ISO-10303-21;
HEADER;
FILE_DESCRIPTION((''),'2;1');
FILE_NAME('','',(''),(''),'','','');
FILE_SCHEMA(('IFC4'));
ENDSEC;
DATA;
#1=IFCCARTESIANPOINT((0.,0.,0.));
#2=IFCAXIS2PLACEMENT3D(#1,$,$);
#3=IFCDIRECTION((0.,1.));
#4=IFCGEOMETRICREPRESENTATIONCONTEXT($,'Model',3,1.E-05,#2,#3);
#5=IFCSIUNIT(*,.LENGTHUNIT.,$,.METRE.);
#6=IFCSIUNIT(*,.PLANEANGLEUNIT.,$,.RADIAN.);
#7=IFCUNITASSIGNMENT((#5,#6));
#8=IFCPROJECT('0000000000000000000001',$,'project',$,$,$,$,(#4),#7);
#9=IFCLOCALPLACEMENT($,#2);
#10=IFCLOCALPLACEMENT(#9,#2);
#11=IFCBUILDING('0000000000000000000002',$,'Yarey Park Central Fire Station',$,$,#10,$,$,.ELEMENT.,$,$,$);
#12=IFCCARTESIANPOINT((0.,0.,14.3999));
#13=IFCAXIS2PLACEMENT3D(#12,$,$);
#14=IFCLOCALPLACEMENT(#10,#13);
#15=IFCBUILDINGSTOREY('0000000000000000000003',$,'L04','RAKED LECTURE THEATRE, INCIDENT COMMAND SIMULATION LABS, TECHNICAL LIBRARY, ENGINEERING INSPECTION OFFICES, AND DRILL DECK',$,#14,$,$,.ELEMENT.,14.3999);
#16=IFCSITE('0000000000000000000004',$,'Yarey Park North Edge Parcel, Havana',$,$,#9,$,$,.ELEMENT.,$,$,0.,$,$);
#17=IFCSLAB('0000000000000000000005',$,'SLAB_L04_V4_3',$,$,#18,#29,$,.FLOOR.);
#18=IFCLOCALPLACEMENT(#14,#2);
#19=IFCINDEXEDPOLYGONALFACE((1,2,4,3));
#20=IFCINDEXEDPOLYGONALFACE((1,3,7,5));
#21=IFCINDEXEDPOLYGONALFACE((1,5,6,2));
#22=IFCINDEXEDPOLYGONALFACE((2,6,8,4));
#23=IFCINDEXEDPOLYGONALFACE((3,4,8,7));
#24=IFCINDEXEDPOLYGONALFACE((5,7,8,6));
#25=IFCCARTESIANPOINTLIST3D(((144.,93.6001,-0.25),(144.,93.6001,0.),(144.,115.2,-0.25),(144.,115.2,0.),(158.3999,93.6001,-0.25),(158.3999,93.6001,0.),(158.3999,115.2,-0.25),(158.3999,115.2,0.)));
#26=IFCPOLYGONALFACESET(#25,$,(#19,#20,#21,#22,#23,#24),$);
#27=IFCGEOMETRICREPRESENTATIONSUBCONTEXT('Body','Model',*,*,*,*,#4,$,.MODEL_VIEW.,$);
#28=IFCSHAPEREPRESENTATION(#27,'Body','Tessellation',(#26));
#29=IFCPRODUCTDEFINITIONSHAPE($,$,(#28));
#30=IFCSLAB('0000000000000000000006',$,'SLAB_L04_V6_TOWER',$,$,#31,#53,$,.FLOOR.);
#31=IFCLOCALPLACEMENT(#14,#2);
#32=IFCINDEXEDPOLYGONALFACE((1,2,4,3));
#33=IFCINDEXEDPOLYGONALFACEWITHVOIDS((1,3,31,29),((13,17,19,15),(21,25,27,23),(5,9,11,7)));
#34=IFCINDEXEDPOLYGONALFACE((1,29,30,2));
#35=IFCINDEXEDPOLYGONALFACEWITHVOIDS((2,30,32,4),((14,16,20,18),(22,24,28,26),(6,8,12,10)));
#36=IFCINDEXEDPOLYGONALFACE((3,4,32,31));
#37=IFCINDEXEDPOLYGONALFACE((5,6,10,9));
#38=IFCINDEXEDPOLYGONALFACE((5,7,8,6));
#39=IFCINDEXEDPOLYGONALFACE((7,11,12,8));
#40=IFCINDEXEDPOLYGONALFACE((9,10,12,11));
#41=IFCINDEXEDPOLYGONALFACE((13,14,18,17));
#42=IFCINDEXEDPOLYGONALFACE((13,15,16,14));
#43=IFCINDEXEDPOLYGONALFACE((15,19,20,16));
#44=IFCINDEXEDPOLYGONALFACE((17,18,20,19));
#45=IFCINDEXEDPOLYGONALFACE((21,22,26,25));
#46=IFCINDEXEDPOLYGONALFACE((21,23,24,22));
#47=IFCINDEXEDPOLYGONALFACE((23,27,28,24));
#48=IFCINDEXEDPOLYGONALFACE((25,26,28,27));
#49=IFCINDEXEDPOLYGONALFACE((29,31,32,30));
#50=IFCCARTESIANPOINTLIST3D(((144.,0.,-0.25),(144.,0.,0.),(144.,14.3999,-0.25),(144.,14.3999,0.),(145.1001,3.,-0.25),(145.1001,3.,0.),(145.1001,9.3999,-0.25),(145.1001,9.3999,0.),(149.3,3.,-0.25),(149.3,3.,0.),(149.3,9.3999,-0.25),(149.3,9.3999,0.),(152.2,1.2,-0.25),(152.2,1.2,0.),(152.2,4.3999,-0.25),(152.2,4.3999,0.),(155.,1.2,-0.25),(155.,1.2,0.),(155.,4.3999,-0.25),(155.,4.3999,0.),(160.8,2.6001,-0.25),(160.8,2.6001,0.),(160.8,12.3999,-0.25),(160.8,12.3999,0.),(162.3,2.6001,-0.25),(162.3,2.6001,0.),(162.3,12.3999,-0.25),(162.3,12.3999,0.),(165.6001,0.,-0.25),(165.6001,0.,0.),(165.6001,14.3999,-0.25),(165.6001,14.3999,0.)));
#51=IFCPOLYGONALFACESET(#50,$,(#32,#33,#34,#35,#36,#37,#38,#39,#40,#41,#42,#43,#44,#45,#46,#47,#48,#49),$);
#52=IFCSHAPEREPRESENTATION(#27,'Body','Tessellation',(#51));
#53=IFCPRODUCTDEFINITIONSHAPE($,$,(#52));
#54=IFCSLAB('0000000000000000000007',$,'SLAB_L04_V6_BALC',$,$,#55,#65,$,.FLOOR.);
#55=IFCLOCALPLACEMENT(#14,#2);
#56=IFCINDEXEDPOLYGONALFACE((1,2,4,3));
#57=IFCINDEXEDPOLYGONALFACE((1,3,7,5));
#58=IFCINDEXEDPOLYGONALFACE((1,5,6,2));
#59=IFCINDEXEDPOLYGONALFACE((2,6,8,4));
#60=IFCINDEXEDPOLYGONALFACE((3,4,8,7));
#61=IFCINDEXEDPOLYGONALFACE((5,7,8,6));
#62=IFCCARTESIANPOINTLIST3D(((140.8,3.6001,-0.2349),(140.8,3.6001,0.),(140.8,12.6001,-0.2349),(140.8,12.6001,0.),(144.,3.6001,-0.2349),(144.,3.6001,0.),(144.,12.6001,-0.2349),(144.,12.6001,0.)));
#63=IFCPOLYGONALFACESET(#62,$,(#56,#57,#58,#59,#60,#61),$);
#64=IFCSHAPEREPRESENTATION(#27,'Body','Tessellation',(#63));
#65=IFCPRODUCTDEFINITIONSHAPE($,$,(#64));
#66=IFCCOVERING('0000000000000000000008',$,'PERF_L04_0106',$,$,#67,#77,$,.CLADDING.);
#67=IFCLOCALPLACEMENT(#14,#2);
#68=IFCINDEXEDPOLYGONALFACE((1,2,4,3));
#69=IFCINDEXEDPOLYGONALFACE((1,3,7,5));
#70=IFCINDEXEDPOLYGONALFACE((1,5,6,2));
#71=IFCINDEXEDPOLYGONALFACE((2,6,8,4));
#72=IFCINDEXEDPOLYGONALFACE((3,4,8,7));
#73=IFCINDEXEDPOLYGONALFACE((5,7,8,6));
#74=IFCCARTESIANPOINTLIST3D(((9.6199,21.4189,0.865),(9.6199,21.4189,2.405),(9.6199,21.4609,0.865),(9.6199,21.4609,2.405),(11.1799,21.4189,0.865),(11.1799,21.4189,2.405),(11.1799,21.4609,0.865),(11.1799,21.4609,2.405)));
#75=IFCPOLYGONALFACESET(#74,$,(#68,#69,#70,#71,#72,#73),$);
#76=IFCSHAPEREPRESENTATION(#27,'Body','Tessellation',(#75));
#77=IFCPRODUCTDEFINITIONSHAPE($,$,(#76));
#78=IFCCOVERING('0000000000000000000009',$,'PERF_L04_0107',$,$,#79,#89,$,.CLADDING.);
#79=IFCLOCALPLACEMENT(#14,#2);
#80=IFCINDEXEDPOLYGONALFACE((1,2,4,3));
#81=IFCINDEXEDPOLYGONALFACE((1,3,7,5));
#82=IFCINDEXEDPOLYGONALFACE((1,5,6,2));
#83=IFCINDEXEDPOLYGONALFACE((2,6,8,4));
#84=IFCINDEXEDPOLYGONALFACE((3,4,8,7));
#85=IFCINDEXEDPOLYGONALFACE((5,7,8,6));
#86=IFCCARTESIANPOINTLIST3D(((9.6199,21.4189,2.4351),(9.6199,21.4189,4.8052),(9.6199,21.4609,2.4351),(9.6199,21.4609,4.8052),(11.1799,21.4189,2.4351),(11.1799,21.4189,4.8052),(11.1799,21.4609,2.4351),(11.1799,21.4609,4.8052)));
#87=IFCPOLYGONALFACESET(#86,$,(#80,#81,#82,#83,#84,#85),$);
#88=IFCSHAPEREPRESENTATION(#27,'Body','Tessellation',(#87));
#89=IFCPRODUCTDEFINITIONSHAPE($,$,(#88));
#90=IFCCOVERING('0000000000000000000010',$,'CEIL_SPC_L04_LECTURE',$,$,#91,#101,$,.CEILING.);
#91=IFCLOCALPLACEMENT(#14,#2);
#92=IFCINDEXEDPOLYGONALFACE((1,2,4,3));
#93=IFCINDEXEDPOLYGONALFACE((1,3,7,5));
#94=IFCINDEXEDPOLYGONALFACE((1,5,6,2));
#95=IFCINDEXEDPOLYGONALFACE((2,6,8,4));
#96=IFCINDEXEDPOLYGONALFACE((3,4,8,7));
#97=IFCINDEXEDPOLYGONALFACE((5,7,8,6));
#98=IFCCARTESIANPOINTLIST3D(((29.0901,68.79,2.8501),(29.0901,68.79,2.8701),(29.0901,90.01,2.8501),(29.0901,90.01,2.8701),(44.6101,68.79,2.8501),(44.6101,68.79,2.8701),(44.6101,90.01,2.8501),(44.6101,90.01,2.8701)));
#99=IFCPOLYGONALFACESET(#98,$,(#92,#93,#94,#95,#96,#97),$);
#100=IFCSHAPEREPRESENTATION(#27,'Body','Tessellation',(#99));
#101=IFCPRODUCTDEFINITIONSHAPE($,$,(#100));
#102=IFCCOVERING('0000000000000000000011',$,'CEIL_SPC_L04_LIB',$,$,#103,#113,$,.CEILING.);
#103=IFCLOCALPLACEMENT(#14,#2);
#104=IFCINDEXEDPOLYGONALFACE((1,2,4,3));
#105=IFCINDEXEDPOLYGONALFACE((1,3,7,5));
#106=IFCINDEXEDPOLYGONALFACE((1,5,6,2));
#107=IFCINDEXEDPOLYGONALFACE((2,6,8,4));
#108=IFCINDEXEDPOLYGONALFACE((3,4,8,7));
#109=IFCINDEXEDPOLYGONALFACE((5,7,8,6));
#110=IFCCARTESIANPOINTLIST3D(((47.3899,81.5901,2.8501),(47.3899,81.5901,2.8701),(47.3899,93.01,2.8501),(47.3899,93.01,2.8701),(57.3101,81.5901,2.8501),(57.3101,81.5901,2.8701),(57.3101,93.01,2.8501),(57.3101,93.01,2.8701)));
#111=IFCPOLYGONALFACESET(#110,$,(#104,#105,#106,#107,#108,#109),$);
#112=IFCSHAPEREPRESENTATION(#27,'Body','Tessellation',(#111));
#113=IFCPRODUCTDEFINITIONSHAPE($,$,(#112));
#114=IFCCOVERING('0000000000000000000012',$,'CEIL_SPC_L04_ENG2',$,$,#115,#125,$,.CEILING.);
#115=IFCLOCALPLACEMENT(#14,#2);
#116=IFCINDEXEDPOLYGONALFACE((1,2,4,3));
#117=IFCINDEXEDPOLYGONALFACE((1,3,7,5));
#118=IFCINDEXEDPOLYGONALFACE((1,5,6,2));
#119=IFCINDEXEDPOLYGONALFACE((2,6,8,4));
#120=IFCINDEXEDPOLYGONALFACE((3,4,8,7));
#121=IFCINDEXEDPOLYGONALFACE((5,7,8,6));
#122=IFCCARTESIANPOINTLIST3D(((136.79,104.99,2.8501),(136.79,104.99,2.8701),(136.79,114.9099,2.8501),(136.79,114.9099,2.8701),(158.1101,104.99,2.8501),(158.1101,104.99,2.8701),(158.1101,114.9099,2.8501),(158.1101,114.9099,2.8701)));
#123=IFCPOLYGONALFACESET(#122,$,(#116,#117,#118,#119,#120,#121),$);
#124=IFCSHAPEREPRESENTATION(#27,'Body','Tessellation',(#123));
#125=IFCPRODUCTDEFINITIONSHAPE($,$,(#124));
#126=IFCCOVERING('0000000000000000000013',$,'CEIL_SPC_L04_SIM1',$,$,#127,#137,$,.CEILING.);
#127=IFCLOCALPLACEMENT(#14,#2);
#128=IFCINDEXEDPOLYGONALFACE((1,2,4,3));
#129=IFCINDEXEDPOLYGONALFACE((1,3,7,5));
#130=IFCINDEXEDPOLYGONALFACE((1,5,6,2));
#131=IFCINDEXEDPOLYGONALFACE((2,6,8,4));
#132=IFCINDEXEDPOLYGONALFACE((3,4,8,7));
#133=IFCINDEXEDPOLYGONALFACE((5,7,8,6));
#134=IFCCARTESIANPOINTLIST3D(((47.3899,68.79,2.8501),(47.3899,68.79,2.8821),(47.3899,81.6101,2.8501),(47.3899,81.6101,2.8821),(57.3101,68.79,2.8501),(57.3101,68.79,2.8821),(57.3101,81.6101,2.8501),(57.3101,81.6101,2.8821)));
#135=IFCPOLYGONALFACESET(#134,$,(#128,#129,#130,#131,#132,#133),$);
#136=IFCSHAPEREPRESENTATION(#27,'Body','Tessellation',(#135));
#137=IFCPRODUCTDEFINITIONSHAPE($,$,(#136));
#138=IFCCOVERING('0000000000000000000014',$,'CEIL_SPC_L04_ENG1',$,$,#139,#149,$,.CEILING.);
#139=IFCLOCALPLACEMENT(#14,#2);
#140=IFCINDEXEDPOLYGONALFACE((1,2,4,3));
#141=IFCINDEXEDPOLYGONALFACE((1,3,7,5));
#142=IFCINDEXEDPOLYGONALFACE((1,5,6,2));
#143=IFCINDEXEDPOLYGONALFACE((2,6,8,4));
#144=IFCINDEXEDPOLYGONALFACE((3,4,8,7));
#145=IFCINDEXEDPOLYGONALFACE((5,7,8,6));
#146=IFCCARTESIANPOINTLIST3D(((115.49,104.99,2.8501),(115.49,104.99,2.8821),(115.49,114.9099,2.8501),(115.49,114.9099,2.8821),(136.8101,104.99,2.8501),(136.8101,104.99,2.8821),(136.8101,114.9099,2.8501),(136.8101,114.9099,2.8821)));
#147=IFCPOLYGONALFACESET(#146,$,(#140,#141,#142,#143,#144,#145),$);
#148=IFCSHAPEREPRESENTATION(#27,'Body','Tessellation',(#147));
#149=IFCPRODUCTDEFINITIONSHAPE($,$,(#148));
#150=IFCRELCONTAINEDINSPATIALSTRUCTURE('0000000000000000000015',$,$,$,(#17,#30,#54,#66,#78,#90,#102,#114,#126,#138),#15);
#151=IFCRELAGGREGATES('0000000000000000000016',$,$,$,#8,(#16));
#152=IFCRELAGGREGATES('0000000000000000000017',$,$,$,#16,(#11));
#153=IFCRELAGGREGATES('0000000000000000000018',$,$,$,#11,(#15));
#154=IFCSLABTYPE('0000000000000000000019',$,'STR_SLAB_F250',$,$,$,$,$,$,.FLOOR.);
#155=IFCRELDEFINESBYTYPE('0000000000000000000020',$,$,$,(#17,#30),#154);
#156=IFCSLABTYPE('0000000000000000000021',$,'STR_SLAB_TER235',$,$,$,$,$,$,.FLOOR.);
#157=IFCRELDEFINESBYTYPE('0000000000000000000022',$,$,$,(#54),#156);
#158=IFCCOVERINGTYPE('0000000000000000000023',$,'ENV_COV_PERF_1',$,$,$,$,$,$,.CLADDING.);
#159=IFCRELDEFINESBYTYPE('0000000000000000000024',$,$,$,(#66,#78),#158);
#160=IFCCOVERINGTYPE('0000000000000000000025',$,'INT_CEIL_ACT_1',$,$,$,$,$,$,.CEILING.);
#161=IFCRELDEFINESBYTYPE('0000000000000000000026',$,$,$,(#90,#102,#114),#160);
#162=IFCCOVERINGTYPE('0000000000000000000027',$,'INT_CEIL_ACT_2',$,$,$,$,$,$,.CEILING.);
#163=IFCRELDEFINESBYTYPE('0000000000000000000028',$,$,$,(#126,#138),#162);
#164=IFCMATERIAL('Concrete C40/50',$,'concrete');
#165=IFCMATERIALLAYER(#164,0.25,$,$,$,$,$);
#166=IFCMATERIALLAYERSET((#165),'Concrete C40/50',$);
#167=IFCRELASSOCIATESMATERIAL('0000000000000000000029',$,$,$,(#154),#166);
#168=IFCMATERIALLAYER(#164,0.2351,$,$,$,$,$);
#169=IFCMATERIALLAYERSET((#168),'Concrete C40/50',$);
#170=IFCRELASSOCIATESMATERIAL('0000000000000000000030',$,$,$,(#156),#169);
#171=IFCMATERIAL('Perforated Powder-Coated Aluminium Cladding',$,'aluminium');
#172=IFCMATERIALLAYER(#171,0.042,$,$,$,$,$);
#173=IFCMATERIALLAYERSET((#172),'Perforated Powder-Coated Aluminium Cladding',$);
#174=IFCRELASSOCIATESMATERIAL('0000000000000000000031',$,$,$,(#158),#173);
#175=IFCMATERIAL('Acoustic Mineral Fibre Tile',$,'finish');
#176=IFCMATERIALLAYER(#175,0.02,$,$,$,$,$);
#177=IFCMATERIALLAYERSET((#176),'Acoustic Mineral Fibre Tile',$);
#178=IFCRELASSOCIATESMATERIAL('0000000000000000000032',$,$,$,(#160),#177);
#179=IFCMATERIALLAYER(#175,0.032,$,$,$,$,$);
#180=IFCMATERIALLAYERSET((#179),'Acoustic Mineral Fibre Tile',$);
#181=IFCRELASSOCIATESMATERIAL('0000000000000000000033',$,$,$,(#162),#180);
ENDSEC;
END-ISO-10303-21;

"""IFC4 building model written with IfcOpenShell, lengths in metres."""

from ifc_helpers import new_model, si_unit, direction, frame, origin, origin_2d, place, context, subcontext, project, spatial, polyline, rectangle, outline, extrude, material, layer, layer_set, type_object, element, save


model = new_model("IFC4")

# Units and contexts
model_context = context("Model", 3, precision=1e-05, world=origin(), true_north=direction((0.0, 1.0)))
body_context = subcontext(model_context, "Body", "Model", "MODEL_VIEW")
ifc_project = project(units=[si_unit("LENGTHUNIT", "METRE"), si_unit("PLANEANGLEUNIT", "RADIAN")], contexts=[model_context])

# Site, building, storey
site_placement = place(None, origin())
site = spatial("IfcSite", under=ifc_project, at=site_placement, Name="Yarey Park North Edge Parcel, Havana", CompositionType="ELEMENT", RefElevation=0.0)
building_placement = place(site_placement, origin())
building = spatial("IfcBuilding", under=site, at=building_placement, Name="Yarey Park Central Fire Station", CompositionType="ELEMENT")
storey_placement = place(building_placement, frame((0.0, 0.0, 14.3999)))
storey = spatial("IfcBuildingStorey", under=building, at=storey_placement, Name="L04", Description="RAKED LECTURE THEATRE, INCIDENT COMMAND SIMULATION LABS, TECHNICAL LIBRARY, ENGINEERING INSPECTION OFFICES, AND DRILL DECK", CompositionType="ELEMENT", Elevation=14.3999)

# Shared definitions
ifc_material_1 = material(Name="Concrete C40/50", Category="concrete")

# Slabs
ifc_layer_1 = layer(ifc_material_1, 0.25)
ifc_layer_set_1 = layer_set([ifc_layer_1], Name="Concrete C40/50")
slab_type_1 = type_object("IfcSlabType", Name="STR_SLAB_F250", PredefinedType="FLOOR", material=ifc_layer_set_1)
slab_1_placement = place(storey_placement, frame((0.0, 0.0, -0.25)))
element("IfcSlab", 1, at=slab_1_placement, inside=storey, type_object=slab_type_1, Name="SLAB_L04_V4_3", PredefinedType="FLOOR", context=body_context, shape_type="SweptSolid", body=[
    extrude(outline(polyline([(144.0, 93.6001), (158.3999, 93.6001), (158.3999, 115.2), (144.0, 115.2), (144.0, 93.6001)])), origin(), (0.0, 0.0, 1.0), 0.25),
])
slab_2_placement = place(storey_placement, frame((0.0, 0.0, -0.25)))
element("IfcSlab", 2, at=slab_2_placement, inside=storey, type_object=slab_type_1, Name="SLAB_L04_V6_TOWER", PredefinedType="FLOOR", context=body_context, shape_type="SweptSolid", body=[
    extrude(outline(polyline([(144.0, 0.0), (165.6001, 0.0), (165.6001, 14.3999), (144.0, 14.3999), (144.0, 0.0)]), holes=[polyline([(145.1001, 3.0), (149.3, 3.0), (149.3, 9.3999), (145.1001, 9.3999), (145.1001, 3.0)]), polyline([(152.2, 1.2), (155.0, 1.2), (155.0, 4.3999), (152.2, 4.3999), (152.2, 1.2)]), polyline([(160.8, 2.6001), (162.3, 2.6001), (162.3, 12.3999), (160.8, 12.3999), (160.8, 2.6001)])]), origin(), (0.0, 0.0, 1.0), 0.25),
])
ifc_layer_2 = layer(ifc_material_1, 0.2351)
ifc_layer_set_2 = layer_set([ifc_layer_2], Name="Concrete C40/50")
slab_type_2 = type_object("IfcSlabType", Name="STR_SLAB_TER235", PredefinedType="FLOOR", material=ifc_layer_set_2)
slab_3_placement = place(storey_placement, frame((0.0, 0.0, -0.2349)))
element("IfcSlab", 3, at=slab_3_placement, inside=storey, type_object=slab_type_2, Name="SLAB_L04_V6_BALC", PredefinedType="FLOOR", context=body_context, shape_type="SweptSolid", body=[
    extrude(outline(polyline([(140.8, 3.6001), (144.0, 3.6001), (144.0, 12.6001), (140.8, 12.6001), (140.8, 3.6001)])), origin(), (0.0, 0.0, 1.0), 0.2349),
])

# Coverings
ifc_material_2 = material(Name="Perforated Powder-Coated Aluminium Cladding", Category="aluminium")
ifc_layer_3 = layer(ifc_material_2, 0.042)
ifc_layer_set_3 = layer_set([ifc_layer_3], Name="Perforated Powder-Coated Aluminium Cladding")
covering_type_1 = type_object("IfcCoveringType", Name="ENV_COV_PERF_1", PredefinedType="CLADDING", material=ifc_layer_set_3)
covering_1_placement = place(storey_placement, frame((10.3999, 21.4399, 0.865), z_axis=(0.0, 0.0, 1.0), x_axis=(1.0, 0.0, 0.0)))
element("IfcCovering", 4, at=covering_1_placement, inside=storey, type_object=covering_type_1, Name="PERF_L04_0106", PredefinedType="CLADDING", context=body_context, shape_type="SweptSolid", body=[
    extrude(rectangle(XDim=1.5601, YDim=0.042, at=origin_2d()), origin(), (0.0, 0.0, 1.0), 1.54),
])
covering_2_placement = place(storey_placement, frame((10.3999, 21.4399, 2.4351), z_axis=(0.0, 0.0, 1.0), x_axis=(1.0, 0.0, 0.0)))
element("IfcCovering", 5, at=covering_2_placement, inside=storey, type_object=covering_type_1, Name="PERF_L04_0107", PredefinedType="CLADDING", context=body_context, shape_type="SweptSolid", body=[
    extrude(rectangle(XDim=1.5601, YDim=0.042, at=origin_2d()), origin(), (0.0, 0.0, 1.0), 2.3701),
])
ifc_material_3 = material(Name="Acoustic Mineral Fibre Tile", Category="finish")
ifc_layer_4 = layer(ifc_material_3, 0.02)
ifc_layer_set_4 = layer_set([ifc_layer_4], Name="Acoustic Mineral Fibre Tile")
covering_type_2 = type_object("IfcCoveringType", Name="INT_CEIL_ACT_1", PredefinedType="CEILING", material=ifc_layer_set_4)
covering_3_placement = place(storey_placement, frame((0.0, 0.0, 2.8501)))
element("IfcCovering", 6, at=covering_3_placement, inside=storey, type_object=covering_type_2, Name="CEIL_SPC_L04_LECTURE", PredefinedType="CEILING", context=body_context, shape_type="SweptSolid", body=[
    extrude(outline(polyline([(29.0901, 68.79), (44.6101, 68.79), (44.6101, 90.01), (29.0901, 90.01), (29.0901, 68.79)])), origin(), (0.0, 0.0, 1.0), 0.02),
])
covering_4_placement = place(storey_placement, frame((0.0, 0.0, 2.8501)))
element("IfcCovering", 7, at=covering_4_placement, inside=storey, type_object=covering_type_2, Name="CEIL_SPC_L04_LIB", PredefinedType="CEILING", context=body_context, shape_type="SweptSolid", body=[
    extrude(outline(polyline([(47.3899, 81.5901), (57.3101, 81.5901), (57.3101, 93.01), (47.3899, 93.01), (47.3899, 81.5901)])), origin(), (0.0, 0.0, 1.0), 0.02),
])
covering_5_placement = place(storey_placement, frame((0.0, 0.0, 2.8501)))
element("IfcCovering", 8, at=covering_5_placement, inside=storey, type_object=covering_type_2, Name="CEIL_SPC_L04_ENG2", PredefinedType="CEILING", context=body_context, shape_type="SweptSolid", body=[
    extrude(outline(polyline([(136.79, 104.99), (158.1101, 104.99), (158.1101, 114.9099), (136.79, 114.9099), (136.79, 104.99)])), origin(), (0.0, 0.0, 1.0), 0.02),
])
ifc_layer_5 = layer(ifc_material_3, 0.032)
ifc_layer_set_5 = layer_set([ifc_layer_5], Name="Acoustic Mineral Fibre Tile")
covering_type_3 = type_object("IfcCoveringType", Name="INT_CEIL_ACT_2", PredefinedType="CEILING", material=ifc_layer_set_5)
covering_6_placement = place(storey_placement, frame((0.0, 0.0, 2.8501)))
element("IfcCovering", 9, at=covering_6_placement, inside=storey, type_object=covering_type_3, Name="CEIL_SPC_L04_SIM1", PredefinedType="CEILING", context=body_context, shape_type="SweptSolid", body=[
    extrude(outline(polyline([(47.3899, 68.79), (57.3101, 68.79), (57.3101, 81.6101), (47.3899, 81.6101), (47.3899, 68.79)])), origin(), (0.0, 0.0, 1.0), 0.032),
])
covering_7_placement = place(storey_placement, frame((0.0, 0.0, 2.8501)))
element("IfcCovering", 10, at=covering_7_placement, inside=storey, type_object=covering_type_3, Name="CEIL_SPC_L04_ENG1", PredefinedType="CEILING", context=body_context, shape_type="SweptSolid", body=[
    extrude(outline(polyline([(115.49, 104.99), (136.8101, 104.99), (136.8101, 114.9099), (115.49, 114.9099), (115.49, 104.99)])), origin(), (0.0, 0.0, 1.0), 0.032),
])

save(model, "model.ifc")
